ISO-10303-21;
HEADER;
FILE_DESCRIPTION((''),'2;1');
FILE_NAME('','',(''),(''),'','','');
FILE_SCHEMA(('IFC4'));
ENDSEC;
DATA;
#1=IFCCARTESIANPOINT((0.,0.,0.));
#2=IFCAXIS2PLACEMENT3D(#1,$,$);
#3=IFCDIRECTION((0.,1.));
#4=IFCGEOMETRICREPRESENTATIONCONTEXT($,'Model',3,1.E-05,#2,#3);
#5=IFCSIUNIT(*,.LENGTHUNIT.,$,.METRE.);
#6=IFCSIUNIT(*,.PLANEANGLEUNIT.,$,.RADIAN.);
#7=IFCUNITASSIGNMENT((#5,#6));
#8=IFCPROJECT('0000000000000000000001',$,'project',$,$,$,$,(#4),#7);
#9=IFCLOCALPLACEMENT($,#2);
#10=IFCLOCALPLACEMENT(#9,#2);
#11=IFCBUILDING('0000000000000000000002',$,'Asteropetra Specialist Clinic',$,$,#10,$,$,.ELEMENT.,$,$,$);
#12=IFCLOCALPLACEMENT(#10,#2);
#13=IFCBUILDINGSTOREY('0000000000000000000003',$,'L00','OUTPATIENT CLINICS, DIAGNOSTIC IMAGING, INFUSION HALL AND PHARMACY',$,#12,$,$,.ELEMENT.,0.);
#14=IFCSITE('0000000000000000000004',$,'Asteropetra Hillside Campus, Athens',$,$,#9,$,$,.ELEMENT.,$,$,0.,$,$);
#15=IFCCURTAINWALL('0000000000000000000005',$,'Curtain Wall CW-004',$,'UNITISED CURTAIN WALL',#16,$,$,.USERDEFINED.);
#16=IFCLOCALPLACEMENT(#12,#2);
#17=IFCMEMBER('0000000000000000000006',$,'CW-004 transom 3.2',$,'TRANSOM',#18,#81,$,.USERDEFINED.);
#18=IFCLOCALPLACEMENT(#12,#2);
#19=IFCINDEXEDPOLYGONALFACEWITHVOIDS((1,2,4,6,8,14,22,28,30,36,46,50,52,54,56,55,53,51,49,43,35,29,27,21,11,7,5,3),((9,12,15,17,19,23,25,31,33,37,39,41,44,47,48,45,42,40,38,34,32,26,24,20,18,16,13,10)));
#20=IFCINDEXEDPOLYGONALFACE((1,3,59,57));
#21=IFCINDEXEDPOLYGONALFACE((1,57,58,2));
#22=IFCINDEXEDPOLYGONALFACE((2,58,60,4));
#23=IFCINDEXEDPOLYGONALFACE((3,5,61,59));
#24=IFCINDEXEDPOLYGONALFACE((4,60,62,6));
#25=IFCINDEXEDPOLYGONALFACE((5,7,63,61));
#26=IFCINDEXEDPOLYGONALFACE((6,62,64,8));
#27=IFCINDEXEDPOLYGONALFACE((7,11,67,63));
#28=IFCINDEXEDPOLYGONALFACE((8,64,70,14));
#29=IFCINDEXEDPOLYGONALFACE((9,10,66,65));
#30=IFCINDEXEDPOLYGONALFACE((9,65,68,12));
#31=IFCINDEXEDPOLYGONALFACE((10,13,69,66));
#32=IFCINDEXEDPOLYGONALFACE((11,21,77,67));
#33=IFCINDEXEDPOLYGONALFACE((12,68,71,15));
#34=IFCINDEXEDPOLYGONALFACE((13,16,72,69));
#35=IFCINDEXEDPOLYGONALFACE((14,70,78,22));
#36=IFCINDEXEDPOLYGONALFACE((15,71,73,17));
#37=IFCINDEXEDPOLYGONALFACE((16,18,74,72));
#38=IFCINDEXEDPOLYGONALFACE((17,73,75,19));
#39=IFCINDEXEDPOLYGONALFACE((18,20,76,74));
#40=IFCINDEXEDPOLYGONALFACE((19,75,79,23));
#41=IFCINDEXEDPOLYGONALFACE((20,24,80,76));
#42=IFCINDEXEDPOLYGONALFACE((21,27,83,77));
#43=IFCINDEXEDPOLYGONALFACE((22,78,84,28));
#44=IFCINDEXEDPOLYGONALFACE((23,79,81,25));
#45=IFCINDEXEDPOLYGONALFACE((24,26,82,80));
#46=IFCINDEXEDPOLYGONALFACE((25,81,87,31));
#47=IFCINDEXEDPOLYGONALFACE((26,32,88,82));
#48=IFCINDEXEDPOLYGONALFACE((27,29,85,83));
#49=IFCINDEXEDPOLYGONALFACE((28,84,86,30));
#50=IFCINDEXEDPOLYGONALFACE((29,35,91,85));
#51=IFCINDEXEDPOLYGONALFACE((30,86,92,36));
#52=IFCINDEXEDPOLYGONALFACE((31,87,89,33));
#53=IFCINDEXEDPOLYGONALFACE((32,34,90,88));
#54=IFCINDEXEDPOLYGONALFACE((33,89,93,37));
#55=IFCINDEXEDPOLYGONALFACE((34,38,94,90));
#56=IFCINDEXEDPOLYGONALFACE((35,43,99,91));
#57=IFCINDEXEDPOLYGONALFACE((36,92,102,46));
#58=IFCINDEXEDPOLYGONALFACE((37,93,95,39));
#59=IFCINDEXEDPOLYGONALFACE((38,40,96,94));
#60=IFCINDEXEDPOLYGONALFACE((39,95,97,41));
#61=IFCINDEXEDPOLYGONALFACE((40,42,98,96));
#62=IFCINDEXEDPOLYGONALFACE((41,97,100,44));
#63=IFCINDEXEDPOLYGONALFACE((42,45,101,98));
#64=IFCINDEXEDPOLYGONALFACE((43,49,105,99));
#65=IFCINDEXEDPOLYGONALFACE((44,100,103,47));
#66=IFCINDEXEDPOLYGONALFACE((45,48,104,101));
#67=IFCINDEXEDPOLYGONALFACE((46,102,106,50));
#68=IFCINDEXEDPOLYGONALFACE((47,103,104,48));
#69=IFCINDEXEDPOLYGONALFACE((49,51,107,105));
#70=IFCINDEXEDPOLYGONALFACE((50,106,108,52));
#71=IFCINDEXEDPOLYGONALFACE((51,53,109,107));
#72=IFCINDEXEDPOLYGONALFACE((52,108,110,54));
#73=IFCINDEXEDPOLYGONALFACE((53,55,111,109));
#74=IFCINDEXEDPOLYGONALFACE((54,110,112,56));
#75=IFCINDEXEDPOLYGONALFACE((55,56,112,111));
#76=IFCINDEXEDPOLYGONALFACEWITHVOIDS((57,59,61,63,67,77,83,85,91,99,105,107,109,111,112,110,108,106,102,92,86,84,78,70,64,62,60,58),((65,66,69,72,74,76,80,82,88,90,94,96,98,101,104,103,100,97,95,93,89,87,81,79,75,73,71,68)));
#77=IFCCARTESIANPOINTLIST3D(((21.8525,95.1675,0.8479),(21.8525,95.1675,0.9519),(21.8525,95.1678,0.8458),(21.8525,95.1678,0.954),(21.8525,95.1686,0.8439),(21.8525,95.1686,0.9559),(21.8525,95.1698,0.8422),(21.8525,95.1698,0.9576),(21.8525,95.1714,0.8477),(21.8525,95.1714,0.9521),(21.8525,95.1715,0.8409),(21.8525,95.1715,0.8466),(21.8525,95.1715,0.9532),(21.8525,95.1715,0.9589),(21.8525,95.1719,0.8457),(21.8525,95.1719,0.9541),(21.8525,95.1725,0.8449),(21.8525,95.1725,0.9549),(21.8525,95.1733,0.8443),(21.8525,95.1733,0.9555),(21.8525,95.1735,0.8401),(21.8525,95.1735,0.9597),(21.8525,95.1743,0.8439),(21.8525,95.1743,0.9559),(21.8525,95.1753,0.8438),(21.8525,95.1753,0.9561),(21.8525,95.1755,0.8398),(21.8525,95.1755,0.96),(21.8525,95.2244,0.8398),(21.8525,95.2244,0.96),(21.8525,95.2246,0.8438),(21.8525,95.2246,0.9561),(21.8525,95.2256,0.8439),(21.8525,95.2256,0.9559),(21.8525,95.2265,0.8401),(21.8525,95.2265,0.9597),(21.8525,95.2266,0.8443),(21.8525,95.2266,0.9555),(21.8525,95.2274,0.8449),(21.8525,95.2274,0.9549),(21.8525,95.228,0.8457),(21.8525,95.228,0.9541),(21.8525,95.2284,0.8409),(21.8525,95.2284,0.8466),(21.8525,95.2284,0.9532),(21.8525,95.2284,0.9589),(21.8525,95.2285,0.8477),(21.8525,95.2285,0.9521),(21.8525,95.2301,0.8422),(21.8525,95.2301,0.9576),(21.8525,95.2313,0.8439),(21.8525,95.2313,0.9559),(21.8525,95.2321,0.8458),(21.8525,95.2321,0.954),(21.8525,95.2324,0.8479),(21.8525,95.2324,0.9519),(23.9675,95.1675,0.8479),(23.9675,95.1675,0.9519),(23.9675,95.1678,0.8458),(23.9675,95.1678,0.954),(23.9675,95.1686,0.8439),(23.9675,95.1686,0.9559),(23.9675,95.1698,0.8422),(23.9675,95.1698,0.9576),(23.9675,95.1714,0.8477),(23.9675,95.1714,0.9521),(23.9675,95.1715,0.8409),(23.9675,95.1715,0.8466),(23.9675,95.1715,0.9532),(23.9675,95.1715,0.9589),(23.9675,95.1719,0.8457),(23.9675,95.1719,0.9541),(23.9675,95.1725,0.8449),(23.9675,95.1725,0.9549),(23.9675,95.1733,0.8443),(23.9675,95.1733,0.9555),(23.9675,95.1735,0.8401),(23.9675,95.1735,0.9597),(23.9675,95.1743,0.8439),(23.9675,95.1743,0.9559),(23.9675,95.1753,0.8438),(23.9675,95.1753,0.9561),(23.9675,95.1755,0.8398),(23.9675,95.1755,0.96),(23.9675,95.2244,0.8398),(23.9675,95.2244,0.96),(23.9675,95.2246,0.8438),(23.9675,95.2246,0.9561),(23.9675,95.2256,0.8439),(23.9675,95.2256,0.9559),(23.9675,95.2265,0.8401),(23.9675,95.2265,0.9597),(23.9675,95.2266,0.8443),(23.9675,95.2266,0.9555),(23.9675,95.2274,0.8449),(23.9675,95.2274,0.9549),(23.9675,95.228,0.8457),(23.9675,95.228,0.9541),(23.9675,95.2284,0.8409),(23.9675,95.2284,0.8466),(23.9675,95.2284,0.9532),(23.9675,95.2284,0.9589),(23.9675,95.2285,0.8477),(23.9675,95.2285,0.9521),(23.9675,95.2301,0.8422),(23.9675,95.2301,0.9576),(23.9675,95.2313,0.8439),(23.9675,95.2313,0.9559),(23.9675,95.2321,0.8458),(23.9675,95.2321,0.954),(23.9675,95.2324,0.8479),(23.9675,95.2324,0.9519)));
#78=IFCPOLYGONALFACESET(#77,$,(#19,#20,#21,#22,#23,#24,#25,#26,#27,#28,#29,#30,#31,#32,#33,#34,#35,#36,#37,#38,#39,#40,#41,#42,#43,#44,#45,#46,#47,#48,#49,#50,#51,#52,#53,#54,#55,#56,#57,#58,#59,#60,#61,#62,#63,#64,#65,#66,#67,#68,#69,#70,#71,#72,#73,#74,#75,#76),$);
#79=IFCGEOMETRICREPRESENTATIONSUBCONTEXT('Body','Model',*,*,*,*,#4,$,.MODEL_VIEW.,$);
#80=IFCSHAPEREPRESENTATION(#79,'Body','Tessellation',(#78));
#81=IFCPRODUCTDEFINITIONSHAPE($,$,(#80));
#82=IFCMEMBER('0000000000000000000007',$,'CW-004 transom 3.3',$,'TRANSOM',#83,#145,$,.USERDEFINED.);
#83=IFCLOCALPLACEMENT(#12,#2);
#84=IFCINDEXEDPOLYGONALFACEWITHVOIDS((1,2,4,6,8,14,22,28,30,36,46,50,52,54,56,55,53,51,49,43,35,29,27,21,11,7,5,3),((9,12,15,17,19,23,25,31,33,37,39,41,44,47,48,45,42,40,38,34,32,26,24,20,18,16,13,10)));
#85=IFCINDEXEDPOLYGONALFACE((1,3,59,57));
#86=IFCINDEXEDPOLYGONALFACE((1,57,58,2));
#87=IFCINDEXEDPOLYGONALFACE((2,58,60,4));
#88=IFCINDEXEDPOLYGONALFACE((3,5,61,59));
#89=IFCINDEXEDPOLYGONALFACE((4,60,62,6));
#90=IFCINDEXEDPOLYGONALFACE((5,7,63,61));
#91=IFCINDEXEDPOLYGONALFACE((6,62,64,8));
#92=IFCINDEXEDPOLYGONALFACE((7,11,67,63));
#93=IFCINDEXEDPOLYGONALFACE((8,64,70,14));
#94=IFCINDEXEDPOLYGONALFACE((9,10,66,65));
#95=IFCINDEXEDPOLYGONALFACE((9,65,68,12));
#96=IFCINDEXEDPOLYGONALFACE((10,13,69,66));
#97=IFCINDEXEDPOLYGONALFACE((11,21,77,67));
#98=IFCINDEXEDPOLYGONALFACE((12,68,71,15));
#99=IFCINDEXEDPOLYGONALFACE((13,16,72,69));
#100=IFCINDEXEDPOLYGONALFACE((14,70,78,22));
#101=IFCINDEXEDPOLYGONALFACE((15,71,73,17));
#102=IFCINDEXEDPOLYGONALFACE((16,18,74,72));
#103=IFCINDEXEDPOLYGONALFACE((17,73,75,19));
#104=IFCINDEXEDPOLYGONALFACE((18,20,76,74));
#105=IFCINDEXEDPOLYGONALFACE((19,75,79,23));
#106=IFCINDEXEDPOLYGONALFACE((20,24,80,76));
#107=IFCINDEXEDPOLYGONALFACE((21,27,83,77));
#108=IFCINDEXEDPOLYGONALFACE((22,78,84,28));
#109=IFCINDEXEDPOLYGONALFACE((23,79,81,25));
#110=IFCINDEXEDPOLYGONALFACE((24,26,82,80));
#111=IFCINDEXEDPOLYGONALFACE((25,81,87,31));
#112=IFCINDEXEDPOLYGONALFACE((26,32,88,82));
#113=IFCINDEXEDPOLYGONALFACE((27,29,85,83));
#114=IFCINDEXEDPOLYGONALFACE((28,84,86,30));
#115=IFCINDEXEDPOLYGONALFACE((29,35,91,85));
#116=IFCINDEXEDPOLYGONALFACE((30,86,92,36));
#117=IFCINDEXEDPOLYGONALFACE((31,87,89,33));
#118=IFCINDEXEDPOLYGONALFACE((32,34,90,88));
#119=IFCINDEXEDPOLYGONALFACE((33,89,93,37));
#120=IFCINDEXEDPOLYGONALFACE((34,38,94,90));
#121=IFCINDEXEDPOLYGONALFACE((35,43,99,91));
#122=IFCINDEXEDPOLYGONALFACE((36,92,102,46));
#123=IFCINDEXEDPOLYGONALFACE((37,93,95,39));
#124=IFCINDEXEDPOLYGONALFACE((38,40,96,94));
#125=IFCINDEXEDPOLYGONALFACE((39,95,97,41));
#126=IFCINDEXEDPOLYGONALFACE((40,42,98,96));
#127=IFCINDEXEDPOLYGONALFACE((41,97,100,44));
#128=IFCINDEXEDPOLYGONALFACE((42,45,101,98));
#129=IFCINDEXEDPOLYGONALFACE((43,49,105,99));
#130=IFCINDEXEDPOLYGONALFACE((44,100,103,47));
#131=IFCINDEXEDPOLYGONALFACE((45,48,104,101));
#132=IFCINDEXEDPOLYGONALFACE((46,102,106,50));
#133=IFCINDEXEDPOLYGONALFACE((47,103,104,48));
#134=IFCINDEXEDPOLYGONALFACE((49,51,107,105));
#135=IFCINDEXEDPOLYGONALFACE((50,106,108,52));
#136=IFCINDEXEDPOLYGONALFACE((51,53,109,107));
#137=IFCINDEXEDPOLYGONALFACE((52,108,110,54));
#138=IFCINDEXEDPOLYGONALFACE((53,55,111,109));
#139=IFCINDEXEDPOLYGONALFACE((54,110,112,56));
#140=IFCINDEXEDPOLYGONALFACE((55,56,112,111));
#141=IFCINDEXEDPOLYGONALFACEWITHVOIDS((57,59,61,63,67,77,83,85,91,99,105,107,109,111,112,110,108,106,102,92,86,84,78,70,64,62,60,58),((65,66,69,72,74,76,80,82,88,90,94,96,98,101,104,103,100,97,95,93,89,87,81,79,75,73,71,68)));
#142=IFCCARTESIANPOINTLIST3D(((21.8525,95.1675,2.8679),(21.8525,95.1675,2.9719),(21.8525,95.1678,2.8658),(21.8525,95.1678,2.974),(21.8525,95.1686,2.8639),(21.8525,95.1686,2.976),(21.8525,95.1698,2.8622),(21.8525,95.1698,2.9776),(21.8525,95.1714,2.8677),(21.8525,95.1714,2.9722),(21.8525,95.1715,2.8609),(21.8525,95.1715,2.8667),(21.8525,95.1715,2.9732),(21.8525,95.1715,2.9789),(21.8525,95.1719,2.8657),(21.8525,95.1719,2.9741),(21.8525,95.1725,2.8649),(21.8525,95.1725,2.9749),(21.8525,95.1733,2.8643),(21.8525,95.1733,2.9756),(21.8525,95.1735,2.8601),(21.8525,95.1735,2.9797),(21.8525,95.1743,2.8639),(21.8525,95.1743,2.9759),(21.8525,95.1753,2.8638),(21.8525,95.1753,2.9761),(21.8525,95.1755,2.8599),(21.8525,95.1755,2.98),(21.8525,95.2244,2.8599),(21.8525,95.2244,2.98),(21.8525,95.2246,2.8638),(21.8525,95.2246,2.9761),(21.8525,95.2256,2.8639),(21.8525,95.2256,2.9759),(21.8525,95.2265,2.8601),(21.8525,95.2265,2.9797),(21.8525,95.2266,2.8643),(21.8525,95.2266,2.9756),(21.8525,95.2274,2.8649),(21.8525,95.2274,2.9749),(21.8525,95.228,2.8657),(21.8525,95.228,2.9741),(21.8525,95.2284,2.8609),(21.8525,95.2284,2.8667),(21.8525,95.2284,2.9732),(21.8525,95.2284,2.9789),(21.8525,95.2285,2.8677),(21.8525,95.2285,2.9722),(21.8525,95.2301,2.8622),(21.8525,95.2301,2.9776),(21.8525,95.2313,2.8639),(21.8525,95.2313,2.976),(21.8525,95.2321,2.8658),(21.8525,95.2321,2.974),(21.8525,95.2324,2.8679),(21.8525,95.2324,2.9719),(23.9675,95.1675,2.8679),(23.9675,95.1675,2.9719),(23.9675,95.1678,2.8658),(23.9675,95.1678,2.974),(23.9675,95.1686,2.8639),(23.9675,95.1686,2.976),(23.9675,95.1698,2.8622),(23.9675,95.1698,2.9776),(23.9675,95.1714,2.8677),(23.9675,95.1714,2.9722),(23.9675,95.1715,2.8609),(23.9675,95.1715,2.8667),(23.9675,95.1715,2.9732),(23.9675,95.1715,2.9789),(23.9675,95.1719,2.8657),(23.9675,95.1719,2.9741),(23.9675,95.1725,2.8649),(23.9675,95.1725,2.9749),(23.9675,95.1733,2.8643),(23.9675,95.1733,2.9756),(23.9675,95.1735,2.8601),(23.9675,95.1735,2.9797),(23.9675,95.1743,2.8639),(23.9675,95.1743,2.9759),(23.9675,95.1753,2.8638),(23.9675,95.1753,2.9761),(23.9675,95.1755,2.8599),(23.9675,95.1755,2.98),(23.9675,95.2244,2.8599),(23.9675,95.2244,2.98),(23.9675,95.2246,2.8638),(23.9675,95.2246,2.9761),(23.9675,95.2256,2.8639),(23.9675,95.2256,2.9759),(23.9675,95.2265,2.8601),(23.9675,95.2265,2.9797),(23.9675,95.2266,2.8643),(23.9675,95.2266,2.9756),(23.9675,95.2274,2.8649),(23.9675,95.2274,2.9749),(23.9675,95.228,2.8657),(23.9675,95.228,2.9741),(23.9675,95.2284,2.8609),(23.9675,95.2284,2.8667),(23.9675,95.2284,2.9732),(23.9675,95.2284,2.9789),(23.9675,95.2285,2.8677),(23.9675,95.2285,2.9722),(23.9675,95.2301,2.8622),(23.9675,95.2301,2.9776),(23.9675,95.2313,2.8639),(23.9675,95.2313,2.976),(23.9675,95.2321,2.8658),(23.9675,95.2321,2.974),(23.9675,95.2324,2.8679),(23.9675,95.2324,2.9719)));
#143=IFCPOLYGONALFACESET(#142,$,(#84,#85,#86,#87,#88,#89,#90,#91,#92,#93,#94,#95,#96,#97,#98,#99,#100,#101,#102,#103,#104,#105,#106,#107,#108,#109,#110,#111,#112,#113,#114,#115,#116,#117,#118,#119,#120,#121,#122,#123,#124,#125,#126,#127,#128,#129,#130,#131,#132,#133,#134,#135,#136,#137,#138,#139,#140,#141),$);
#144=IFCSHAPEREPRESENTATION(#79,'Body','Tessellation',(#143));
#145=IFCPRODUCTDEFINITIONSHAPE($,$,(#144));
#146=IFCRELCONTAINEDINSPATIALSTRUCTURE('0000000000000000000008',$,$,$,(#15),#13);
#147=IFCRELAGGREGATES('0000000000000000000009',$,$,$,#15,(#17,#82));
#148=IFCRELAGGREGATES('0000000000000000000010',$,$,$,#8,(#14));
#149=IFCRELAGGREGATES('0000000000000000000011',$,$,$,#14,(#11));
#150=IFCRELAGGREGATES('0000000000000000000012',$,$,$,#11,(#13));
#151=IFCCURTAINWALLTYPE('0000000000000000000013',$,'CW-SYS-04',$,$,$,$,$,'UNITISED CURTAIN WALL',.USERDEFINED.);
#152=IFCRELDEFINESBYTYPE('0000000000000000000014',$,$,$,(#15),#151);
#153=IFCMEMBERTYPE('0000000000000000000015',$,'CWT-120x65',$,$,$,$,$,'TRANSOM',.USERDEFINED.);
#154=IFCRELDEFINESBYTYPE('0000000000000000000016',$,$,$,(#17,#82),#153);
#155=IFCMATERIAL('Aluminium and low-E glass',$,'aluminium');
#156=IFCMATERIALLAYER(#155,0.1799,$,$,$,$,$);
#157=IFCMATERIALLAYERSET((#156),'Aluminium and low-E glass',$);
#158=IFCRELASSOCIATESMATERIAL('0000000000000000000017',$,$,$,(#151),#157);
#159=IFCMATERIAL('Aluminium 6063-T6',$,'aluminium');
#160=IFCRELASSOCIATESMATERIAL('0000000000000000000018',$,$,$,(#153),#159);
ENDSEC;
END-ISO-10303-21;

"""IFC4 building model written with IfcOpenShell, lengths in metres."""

from ifc_helpers import new_model, si_unit, direction, frame, origin, origin_2d, place, context, subcontext, project, spatial, hollow_rectangle, extrude, material, layer, layer_set, material_profile, profile_set, type_object, element, aggregate, save


model = new_model("IFC4")

# Units and contexts
model_context = context("Model", 3, precision=1e-05, world=origin(), true_north=direction((0.0, 1.0)))
body_context = subcontext(model_context, "Body", "Model", "MODEL_VIEW")
ifc_project = project(units=[si_unit("LENGTHUNIT", "METRE"), si_unit("PLANEANGLEUNIT", "RADIAN")], contexts=[model_context])

# Site, building, storey
site_placement = place(None, origin())
site = spatial("IfcSite", under=ifc_project, at=site_placement, Name="Asteropetra Hillside Campus, Athens", CompositionType="ELEMENT", RefElevation=0.0)
building_placement = place(site_placement, origin())
building = spatial("IfcBuilding", under=site, at=building_placement, Name="Asteropetra Specialist Clinic", CompositionType="ELEMENT")
storey_placement = place(building_placement, origin())
storey = spatial("IfcBuildingStorey", under=building, at=storey_placement, Name="L00", Description="OUTPATIENT CLINICS, DIAGNOSTIC IMAGING, INFUSION HALL AND PHARMACY", CompositionType="ELEMENT", Elevation=0.0)

# Curtain wall
ifc_material_1 = material(Name="Aluminium and low-E glass", Category="aluminium")
ifc_layer_1 = layer(ifc_material_1, 0.1799)
ifc_layer_set_1 = layer_set([ifc_layer_1], Name="Aluminium and low-E glass")
curtain_wall_type_1 = type_object("IfcCurtainWallType", Name="CW-SYS-04", ElementType="UNITISED CURTAIN WALL", PredefinedType="USERDEFINED", material=ifc_layer_set_1)
curtain_wall_1_placement = place(storey_placement, origin())
curtain_wall_1 = element("IfcCurtainWall", 1, at=curtain_wall_1_placement, inside=storey, type_object=curtain_wall_type_1, Name="Curtain Wall CW-004", ObjectType="UNITISED CURTAIN WALL", PredefinedType="USERDEFINED")

# Members
ifc_material_2 = material(Name="Aluminium 6063-T6", Category="aluminium")
ifc_material_profile_1 = material_profile(ifc_material_2, hollow_rectangle(XDim=0.0649, YDim=0.1201, WallThickness=0.0039, InnerFilletRadius=0.0039, OuterFilletRadius=0.0081, at=origin_2d()), Name="TRN 120x65x4.0")
ifc_profile_set_1 = profile_set([ifc_material_profile_1], Name="Aluminium 6063-T6")
member_type_1 = type_object("IfcMemberType", Name="CWT-120x65", ElementType="TRANSOM", PredefinedType="USERDEFINED", material=ifc_profile_set_1)
member_1_placement = place(storey_placement, frame((23.9675, 95.2, 0.8999), z_axis=(-1.0, 0.0, 0.0), x_axis=(0.0, -1.0, 0.0)))
member_1 = element("IfcMember", 2, at=member_1_placement, type_object=member_type_1, Name="CW-004 transom 3.2", ObjectType="TRANSOM", PredefinedType="USERDEFINED", context=body_context, shape_type="SweptSolid", body=[
    extrude(hollow_rectangle(XDim=0.0649, YDim=0.1201, WallThickness=0.0039, InnerFilletRadius=0.0039, OuterFilletRadius=0.0081, at=origin_2d()), origin(), (0.0, 0.0, 1.0), 2.115),
])
member_2_placement = place(storey_placement, frame((23.9675, 95.2, 2.9199), z_axis=(-1.0, 0.0, 0.0), x_axis=(0.0, -1.0, 0.0)))
member_2 = element("IfcMember", 3, at=member_2_placement, type_object=member_type_1, Name="CW-004 transom 3.3", ObjectType="TRANSOM", PredefinedType="USERDEFINED", context=body_context, shape_type="SweptSolid", body=[
    extrude(hollow_rectangle(XDim=0.0649, YDim=0.1201, WallThickness=0.0039, InnerFilletRadius=0.0039, OuterFilletRadius=0.0081, at=origin_2d()), origin(), (0.0, 0.0, 1.0), 2.115),
])

aggregate(curtain_wall_1, [member_1, member_2])

save(model, "model.ifc")
